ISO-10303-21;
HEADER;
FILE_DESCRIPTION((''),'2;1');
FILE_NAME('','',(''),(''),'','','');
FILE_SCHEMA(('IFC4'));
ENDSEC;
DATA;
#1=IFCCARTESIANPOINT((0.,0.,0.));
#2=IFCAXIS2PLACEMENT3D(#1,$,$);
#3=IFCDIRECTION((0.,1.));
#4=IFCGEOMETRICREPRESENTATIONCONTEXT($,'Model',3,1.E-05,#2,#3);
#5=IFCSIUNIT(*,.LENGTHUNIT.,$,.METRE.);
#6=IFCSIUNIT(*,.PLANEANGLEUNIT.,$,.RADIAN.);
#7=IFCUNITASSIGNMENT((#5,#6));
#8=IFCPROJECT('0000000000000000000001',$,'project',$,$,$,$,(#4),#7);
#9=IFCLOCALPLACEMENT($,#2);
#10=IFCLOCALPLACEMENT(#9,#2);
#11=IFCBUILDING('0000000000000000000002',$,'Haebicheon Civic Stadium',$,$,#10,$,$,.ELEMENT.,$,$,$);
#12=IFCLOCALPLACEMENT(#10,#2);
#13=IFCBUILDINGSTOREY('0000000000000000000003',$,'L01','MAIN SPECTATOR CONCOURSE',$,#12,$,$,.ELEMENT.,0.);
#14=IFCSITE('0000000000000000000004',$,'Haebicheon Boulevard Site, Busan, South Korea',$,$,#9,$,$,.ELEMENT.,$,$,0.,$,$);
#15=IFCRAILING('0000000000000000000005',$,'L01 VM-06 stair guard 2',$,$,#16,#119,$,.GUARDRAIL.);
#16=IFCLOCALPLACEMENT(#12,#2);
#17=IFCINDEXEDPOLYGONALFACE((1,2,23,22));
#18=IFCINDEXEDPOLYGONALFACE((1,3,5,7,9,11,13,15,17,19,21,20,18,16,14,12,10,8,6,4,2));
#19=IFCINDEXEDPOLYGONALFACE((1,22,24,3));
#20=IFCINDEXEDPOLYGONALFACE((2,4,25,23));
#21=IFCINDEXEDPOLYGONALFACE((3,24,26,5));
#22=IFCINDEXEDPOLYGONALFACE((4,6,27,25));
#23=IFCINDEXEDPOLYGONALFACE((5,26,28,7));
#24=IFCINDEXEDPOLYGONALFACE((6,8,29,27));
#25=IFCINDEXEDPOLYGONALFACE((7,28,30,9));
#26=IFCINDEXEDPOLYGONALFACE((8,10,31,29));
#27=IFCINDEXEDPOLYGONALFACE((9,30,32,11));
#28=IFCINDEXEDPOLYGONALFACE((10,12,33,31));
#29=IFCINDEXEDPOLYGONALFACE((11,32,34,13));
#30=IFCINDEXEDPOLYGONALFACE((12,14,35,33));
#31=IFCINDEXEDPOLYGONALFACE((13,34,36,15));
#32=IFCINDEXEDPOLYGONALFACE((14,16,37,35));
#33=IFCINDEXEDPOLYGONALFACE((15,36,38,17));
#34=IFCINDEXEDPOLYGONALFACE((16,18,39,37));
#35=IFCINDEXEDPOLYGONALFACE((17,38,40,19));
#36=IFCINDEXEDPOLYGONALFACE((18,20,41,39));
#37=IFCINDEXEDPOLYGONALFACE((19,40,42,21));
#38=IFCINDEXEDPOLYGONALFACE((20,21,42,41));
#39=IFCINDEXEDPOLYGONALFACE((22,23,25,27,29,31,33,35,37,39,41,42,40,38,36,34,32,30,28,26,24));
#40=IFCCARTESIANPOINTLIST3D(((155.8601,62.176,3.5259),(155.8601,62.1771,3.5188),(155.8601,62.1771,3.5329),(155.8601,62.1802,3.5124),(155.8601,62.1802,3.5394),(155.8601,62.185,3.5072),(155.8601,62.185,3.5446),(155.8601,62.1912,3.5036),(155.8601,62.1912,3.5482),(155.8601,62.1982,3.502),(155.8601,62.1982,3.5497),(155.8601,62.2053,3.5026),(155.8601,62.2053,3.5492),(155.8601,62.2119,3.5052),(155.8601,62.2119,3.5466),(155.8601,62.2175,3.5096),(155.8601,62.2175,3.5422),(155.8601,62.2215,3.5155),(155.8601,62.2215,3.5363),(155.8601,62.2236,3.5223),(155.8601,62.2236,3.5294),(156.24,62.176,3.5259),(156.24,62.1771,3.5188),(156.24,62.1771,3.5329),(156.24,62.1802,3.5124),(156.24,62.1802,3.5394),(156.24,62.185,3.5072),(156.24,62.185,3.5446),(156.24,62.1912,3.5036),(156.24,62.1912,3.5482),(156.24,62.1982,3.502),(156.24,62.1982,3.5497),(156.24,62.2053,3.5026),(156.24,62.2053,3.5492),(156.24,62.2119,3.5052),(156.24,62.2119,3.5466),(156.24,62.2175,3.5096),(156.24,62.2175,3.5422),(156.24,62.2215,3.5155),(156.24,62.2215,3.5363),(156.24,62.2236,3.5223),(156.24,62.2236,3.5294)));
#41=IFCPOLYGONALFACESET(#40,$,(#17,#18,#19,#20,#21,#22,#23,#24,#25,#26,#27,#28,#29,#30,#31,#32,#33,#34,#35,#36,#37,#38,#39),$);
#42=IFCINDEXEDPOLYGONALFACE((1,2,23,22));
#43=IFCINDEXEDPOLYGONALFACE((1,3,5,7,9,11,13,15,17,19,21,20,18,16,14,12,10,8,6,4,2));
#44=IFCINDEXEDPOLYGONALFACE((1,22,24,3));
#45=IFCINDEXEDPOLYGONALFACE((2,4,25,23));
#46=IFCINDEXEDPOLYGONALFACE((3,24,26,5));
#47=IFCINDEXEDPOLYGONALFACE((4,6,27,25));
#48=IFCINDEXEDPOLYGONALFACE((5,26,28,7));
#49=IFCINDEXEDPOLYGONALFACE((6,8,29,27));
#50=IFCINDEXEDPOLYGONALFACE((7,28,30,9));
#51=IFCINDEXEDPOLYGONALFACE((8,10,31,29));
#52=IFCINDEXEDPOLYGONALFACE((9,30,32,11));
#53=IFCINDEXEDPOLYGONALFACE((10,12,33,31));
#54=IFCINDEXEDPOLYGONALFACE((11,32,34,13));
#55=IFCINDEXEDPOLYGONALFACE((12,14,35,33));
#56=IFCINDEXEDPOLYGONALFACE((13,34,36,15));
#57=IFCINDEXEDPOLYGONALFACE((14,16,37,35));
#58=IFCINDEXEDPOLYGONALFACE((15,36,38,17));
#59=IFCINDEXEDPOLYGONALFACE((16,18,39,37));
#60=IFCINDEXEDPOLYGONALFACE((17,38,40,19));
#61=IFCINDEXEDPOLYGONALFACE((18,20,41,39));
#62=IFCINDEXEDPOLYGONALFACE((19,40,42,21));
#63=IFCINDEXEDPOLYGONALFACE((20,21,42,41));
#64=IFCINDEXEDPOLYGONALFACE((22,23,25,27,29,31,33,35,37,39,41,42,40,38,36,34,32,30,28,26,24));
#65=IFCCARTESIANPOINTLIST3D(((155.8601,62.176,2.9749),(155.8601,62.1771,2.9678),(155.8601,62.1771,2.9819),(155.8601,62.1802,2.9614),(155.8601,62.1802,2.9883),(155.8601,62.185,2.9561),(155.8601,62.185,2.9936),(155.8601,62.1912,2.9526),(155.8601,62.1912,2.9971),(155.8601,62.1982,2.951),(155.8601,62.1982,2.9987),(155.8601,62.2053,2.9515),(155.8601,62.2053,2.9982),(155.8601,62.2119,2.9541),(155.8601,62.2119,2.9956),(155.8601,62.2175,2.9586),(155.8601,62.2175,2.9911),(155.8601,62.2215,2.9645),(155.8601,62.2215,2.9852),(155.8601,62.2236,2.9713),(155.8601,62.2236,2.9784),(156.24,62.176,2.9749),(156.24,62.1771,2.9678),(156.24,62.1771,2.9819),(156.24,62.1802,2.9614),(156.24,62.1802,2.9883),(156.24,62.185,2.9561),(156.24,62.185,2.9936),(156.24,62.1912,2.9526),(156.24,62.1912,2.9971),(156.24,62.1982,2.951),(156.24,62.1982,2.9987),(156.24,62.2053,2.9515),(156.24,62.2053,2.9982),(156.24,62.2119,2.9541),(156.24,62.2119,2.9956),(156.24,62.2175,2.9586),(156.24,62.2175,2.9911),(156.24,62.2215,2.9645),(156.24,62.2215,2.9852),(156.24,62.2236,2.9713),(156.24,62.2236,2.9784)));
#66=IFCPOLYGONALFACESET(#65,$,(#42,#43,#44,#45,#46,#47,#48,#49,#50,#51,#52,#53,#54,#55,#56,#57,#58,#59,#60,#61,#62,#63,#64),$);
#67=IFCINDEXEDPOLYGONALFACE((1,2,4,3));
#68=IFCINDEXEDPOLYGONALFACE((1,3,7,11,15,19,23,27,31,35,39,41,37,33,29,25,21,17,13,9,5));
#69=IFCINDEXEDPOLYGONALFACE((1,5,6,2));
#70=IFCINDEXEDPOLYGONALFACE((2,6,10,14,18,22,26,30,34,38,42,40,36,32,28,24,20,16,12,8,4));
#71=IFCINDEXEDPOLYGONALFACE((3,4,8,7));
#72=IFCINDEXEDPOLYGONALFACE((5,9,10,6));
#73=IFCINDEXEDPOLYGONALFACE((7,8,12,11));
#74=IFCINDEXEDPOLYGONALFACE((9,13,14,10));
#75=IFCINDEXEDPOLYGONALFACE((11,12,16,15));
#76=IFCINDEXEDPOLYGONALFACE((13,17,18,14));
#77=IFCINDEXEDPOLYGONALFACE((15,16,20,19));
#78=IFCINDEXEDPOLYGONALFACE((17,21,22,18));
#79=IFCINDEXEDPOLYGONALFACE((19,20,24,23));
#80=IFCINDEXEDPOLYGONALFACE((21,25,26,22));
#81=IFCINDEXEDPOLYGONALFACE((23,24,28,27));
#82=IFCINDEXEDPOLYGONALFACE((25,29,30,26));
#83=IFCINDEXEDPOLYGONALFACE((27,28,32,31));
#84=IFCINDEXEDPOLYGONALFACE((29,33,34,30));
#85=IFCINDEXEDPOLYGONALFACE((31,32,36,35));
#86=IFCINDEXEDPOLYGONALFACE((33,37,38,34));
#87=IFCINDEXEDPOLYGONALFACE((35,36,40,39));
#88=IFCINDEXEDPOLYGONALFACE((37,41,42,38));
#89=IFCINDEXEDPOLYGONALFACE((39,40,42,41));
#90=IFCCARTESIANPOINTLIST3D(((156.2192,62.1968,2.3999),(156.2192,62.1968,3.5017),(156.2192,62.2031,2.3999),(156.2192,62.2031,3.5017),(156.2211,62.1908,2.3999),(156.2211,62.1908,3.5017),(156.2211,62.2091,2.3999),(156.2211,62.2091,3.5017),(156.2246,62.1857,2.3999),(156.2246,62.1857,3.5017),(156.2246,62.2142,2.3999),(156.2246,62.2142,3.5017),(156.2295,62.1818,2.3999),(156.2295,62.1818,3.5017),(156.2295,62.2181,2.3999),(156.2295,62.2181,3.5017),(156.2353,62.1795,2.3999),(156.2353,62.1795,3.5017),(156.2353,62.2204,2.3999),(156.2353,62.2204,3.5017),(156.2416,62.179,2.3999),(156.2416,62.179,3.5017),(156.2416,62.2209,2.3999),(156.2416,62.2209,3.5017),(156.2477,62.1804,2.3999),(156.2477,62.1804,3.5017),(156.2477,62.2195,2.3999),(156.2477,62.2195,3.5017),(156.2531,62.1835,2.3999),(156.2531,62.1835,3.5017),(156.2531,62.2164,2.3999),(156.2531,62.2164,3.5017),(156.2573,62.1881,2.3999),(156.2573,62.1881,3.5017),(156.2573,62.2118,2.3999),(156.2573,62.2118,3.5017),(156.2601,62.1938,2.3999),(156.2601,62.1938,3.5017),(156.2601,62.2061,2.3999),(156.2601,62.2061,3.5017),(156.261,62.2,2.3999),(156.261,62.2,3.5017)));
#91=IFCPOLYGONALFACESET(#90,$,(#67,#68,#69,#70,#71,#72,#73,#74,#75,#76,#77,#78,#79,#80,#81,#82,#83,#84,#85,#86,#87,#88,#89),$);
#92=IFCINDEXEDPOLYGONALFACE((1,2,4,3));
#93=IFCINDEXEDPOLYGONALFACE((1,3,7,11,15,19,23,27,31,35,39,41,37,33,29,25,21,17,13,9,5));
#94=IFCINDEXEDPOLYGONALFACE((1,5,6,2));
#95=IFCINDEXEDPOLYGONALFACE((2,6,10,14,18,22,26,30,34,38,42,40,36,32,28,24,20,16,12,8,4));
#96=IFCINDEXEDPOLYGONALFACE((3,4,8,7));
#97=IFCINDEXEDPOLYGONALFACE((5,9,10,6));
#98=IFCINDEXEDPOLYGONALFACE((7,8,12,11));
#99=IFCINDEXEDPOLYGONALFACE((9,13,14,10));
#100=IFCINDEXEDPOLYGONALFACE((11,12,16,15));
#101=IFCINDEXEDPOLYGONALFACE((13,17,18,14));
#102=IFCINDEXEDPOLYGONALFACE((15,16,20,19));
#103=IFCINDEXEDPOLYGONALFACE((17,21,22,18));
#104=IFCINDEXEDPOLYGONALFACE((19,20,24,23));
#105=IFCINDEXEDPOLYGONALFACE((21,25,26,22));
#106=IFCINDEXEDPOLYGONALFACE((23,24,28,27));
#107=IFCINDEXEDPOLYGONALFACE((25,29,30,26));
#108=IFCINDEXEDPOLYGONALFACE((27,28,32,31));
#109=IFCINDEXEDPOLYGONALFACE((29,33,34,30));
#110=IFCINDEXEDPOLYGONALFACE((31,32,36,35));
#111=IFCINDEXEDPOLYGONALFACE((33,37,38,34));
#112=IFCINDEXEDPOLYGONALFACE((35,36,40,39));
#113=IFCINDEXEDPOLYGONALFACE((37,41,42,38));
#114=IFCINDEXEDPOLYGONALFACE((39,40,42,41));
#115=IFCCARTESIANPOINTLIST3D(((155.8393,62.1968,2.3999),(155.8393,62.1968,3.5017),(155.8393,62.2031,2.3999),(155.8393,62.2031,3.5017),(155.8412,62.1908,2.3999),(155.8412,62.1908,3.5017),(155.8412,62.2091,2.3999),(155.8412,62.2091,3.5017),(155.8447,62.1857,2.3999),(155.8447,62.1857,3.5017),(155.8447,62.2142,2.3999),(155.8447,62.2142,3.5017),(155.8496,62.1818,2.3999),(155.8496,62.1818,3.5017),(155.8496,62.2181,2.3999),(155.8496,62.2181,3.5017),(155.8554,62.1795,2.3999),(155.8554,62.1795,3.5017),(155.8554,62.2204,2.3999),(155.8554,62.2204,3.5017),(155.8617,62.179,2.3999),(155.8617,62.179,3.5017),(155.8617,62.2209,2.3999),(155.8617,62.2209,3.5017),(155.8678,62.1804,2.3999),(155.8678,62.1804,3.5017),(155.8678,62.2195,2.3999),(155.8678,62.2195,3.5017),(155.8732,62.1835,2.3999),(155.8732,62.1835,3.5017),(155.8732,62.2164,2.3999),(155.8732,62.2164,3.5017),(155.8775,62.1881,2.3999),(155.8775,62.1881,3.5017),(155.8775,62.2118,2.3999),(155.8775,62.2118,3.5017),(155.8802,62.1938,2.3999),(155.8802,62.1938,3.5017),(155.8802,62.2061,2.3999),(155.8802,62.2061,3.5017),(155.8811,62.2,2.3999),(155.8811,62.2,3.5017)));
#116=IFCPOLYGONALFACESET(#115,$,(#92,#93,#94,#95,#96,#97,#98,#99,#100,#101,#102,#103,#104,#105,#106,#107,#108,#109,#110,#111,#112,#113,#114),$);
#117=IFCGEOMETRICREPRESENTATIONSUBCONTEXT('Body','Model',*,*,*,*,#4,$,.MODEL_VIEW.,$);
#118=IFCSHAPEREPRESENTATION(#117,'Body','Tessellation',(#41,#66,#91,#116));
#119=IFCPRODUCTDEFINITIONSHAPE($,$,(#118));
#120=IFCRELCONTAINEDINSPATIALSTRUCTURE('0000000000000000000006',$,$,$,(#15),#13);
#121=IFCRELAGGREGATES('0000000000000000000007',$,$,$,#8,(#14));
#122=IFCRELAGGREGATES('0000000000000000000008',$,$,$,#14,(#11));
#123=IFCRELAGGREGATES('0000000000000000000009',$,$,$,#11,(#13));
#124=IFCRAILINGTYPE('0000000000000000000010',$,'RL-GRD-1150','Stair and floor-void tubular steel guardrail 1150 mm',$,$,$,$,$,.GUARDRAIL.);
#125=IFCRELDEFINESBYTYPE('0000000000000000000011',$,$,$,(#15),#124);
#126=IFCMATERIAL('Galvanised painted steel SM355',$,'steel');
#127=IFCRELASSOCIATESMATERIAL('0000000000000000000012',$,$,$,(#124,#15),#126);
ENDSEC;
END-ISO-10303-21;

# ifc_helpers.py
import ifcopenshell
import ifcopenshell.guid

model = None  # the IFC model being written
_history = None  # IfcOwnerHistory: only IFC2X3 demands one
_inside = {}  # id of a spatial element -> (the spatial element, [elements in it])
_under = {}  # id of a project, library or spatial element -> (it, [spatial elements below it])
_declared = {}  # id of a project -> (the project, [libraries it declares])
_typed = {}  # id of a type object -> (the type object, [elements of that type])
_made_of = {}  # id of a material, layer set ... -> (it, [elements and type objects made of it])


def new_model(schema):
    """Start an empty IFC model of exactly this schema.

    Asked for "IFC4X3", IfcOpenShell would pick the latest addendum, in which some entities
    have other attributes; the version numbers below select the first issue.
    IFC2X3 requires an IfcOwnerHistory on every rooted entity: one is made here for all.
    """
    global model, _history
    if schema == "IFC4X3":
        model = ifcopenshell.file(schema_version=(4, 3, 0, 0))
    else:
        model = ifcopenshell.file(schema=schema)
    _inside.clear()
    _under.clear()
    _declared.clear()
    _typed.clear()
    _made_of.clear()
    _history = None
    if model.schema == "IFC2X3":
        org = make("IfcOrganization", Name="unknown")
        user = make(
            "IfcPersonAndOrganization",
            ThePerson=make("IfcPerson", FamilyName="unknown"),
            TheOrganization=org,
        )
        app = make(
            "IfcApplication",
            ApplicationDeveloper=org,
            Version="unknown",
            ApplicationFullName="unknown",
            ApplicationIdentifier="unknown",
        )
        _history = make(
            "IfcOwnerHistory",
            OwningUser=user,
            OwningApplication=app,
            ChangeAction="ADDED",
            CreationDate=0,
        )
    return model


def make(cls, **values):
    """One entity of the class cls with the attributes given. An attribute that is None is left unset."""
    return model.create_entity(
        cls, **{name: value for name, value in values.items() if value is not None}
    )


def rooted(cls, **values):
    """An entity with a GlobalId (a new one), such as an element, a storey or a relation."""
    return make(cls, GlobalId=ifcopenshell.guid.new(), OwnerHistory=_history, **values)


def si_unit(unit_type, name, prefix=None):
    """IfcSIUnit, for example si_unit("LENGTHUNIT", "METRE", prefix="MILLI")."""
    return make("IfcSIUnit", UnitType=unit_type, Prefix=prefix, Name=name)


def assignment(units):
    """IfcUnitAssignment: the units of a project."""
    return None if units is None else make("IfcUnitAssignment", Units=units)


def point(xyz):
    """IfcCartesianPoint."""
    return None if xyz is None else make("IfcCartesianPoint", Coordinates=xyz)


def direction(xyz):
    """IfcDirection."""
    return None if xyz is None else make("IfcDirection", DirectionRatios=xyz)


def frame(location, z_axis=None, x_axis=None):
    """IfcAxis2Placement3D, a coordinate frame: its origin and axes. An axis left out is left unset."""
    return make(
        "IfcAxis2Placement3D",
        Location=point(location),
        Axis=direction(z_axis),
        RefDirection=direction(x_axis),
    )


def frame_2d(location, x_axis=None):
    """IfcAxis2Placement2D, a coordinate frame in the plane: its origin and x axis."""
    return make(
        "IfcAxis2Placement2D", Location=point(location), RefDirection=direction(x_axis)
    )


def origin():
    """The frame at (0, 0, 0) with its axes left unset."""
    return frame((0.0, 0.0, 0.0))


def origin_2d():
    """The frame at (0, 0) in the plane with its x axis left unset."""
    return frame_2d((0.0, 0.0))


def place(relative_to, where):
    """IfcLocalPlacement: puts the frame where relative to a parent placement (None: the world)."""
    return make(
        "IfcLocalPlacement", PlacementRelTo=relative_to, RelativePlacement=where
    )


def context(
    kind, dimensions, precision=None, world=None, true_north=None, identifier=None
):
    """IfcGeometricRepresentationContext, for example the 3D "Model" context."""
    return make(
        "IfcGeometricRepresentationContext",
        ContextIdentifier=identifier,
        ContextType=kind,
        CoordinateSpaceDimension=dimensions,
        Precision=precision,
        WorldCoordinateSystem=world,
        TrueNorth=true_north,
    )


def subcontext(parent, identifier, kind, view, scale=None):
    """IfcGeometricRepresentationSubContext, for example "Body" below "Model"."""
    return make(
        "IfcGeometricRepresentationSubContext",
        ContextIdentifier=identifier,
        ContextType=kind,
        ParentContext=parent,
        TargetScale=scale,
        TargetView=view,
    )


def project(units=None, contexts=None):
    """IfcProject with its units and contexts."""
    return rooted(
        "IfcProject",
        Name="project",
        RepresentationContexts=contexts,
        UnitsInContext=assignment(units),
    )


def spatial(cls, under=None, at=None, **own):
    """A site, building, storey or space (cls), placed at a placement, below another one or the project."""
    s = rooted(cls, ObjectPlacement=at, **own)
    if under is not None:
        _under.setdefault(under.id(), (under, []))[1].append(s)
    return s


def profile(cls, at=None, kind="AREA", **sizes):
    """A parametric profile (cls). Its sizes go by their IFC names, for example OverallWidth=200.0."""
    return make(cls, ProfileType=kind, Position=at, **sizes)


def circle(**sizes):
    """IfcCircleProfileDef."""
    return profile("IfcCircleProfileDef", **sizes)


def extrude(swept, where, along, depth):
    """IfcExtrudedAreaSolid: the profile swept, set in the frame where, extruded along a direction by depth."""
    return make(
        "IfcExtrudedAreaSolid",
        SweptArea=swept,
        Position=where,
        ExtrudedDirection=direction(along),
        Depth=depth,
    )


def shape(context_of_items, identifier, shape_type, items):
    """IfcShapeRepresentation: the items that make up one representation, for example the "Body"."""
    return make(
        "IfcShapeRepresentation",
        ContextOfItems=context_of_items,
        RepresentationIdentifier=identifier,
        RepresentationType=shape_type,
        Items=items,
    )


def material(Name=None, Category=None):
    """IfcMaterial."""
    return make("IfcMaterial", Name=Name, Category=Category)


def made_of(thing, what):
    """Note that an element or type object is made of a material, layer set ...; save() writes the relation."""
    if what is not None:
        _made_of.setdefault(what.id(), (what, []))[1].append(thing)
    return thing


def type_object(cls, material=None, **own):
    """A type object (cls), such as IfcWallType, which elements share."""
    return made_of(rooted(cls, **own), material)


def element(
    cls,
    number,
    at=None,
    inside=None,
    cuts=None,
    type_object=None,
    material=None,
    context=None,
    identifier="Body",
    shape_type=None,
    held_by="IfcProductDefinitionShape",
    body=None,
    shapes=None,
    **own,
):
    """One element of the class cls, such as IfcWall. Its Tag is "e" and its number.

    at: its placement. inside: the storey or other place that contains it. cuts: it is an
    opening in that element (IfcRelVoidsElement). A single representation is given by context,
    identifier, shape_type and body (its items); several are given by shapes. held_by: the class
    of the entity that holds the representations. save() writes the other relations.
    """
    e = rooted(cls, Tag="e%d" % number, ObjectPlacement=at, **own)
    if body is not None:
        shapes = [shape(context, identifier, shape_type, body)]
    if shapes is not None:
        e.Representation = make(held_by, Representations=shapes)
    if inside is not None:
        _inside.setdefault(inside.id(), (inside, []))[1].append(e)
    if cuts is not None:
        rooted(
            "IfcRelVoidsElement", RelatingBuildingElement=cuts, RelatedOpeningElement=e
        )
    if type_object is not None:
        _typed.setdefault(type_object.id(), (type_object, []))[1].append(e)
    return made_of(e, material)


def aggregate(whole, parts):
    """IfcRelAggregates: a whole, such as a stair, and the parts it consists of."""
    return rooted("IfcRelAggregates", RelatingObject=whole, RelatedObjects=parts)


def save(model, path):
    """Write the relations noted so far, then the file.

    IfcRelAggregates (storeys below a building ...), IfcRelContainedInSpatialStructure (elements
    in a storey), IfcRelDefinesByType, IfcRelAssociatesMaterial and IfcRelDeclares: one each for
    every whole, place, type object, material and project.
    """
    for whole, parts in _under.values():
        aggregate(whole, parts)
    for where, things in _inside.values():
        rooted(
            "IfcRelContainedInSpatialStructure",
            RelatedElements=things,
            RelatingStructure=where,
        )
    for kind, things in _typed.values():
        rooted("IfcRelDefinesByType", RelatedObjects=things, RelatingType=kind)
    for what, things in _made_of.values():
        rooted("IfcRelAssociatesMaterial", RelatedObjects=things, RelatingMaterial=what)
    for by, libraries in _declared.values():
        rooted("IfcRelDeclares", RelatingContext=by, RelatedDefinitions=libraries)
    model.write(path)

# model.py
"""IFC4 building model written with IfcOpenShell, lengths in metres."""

from ifc_helpers import new_model, si_unit, direction, frame, origin, origin_2d, place, context, subcontext, project, spatial, circle, extrude, material, type_object, element, save


model = new_model("IFC4")

# Units and contexts
model_context = context("Model", 3, precision=1e-05, world=origin(), true_north=direction((0.0, 1.0)))
body_context = subcontext(model_context, "Body", "Model", "MODEL_VIEW")
ifc_project = project(units=[si_unit("LENGTHUNIT", "METRE"), si_unit("PLANEANGLEUNIT", "RADIAN")], contexts=[model_context])

# Site, building, storey
site_placement = place(None, origin())
site = spatial("IfcSite", under=ifc_project, at=site_placement, Name="Haebicheon Boulevard Site, Busan, South Korea", CompositionType="ELEMENT", RefElevation=0.0)
building_placement = place(site_placement, origin())
building = spatial("IfcBuilding", under=site, at=building_placement, Name="Haebicheon Civic Stadium", CompositionType="ELEMENT")
storey_placement = place(building_placement, origin())
storey = spatial("IfcBuildingStorey", under=building, at=storey_placement, Name="L01", Description="MAIN SPECTATOR CONCOURSE", CompositionType="ELEMENT", Elevation=0.0)

# Railing
ifc_material_1 = material(Name="Galvanised painted steel SM355", Category="steel")
railing_type_1 = type_object("IfcRailingType", Name="RL-GRD-1150", Description="Stair and floor-void tubular steel guardrail 1150 mm", PredefinedType="GUARDRAIL", material=ifc_material_1)
railing_1_placement = place(storey_placement, frame((156.24, 62.2, 2.3999)))
element("IfcRailing", 1, at=railing_1_placement, inside=storey, type_object=railing_type_1, material=ifc_material_1, Name="L01 VM-06 stair guard 2", PredefinedType="GUARDRAIL", context=body_context, shape_type="SweptSolid", body=[
    extrude(circle(Radius=0.0239, at=origin_2d()), frame((0.0, 0.0, 1.126), z_axis=(-1.0, 0.0, 0.0), x_axis=(0.0, -1.0, 0.0)), (0.0, 0.0, 1.0), 0.3799),
    extrude(circle(Radius=0.0239, at=origin_2d()), frame((0.0, 0.0, 0.575), z_axis=(-1.0, 0.0, 0.0), x_axis=(0.0, -1.0, 0.0)), (0.0, 0.0, 1.0), 0.3799),
    extrude(circle(Radius=0.021, at=origin_2d()), origin(), (0.0, 0.0, 1.0), 1.1018),
    extrude(circle(Radius=0.021, at=origin_2d()), frame((-0.3799, 0.0, 0.0)), (0.0, 0.0, 1.0), 1.1018),
])

save(model, "model.ifc")
